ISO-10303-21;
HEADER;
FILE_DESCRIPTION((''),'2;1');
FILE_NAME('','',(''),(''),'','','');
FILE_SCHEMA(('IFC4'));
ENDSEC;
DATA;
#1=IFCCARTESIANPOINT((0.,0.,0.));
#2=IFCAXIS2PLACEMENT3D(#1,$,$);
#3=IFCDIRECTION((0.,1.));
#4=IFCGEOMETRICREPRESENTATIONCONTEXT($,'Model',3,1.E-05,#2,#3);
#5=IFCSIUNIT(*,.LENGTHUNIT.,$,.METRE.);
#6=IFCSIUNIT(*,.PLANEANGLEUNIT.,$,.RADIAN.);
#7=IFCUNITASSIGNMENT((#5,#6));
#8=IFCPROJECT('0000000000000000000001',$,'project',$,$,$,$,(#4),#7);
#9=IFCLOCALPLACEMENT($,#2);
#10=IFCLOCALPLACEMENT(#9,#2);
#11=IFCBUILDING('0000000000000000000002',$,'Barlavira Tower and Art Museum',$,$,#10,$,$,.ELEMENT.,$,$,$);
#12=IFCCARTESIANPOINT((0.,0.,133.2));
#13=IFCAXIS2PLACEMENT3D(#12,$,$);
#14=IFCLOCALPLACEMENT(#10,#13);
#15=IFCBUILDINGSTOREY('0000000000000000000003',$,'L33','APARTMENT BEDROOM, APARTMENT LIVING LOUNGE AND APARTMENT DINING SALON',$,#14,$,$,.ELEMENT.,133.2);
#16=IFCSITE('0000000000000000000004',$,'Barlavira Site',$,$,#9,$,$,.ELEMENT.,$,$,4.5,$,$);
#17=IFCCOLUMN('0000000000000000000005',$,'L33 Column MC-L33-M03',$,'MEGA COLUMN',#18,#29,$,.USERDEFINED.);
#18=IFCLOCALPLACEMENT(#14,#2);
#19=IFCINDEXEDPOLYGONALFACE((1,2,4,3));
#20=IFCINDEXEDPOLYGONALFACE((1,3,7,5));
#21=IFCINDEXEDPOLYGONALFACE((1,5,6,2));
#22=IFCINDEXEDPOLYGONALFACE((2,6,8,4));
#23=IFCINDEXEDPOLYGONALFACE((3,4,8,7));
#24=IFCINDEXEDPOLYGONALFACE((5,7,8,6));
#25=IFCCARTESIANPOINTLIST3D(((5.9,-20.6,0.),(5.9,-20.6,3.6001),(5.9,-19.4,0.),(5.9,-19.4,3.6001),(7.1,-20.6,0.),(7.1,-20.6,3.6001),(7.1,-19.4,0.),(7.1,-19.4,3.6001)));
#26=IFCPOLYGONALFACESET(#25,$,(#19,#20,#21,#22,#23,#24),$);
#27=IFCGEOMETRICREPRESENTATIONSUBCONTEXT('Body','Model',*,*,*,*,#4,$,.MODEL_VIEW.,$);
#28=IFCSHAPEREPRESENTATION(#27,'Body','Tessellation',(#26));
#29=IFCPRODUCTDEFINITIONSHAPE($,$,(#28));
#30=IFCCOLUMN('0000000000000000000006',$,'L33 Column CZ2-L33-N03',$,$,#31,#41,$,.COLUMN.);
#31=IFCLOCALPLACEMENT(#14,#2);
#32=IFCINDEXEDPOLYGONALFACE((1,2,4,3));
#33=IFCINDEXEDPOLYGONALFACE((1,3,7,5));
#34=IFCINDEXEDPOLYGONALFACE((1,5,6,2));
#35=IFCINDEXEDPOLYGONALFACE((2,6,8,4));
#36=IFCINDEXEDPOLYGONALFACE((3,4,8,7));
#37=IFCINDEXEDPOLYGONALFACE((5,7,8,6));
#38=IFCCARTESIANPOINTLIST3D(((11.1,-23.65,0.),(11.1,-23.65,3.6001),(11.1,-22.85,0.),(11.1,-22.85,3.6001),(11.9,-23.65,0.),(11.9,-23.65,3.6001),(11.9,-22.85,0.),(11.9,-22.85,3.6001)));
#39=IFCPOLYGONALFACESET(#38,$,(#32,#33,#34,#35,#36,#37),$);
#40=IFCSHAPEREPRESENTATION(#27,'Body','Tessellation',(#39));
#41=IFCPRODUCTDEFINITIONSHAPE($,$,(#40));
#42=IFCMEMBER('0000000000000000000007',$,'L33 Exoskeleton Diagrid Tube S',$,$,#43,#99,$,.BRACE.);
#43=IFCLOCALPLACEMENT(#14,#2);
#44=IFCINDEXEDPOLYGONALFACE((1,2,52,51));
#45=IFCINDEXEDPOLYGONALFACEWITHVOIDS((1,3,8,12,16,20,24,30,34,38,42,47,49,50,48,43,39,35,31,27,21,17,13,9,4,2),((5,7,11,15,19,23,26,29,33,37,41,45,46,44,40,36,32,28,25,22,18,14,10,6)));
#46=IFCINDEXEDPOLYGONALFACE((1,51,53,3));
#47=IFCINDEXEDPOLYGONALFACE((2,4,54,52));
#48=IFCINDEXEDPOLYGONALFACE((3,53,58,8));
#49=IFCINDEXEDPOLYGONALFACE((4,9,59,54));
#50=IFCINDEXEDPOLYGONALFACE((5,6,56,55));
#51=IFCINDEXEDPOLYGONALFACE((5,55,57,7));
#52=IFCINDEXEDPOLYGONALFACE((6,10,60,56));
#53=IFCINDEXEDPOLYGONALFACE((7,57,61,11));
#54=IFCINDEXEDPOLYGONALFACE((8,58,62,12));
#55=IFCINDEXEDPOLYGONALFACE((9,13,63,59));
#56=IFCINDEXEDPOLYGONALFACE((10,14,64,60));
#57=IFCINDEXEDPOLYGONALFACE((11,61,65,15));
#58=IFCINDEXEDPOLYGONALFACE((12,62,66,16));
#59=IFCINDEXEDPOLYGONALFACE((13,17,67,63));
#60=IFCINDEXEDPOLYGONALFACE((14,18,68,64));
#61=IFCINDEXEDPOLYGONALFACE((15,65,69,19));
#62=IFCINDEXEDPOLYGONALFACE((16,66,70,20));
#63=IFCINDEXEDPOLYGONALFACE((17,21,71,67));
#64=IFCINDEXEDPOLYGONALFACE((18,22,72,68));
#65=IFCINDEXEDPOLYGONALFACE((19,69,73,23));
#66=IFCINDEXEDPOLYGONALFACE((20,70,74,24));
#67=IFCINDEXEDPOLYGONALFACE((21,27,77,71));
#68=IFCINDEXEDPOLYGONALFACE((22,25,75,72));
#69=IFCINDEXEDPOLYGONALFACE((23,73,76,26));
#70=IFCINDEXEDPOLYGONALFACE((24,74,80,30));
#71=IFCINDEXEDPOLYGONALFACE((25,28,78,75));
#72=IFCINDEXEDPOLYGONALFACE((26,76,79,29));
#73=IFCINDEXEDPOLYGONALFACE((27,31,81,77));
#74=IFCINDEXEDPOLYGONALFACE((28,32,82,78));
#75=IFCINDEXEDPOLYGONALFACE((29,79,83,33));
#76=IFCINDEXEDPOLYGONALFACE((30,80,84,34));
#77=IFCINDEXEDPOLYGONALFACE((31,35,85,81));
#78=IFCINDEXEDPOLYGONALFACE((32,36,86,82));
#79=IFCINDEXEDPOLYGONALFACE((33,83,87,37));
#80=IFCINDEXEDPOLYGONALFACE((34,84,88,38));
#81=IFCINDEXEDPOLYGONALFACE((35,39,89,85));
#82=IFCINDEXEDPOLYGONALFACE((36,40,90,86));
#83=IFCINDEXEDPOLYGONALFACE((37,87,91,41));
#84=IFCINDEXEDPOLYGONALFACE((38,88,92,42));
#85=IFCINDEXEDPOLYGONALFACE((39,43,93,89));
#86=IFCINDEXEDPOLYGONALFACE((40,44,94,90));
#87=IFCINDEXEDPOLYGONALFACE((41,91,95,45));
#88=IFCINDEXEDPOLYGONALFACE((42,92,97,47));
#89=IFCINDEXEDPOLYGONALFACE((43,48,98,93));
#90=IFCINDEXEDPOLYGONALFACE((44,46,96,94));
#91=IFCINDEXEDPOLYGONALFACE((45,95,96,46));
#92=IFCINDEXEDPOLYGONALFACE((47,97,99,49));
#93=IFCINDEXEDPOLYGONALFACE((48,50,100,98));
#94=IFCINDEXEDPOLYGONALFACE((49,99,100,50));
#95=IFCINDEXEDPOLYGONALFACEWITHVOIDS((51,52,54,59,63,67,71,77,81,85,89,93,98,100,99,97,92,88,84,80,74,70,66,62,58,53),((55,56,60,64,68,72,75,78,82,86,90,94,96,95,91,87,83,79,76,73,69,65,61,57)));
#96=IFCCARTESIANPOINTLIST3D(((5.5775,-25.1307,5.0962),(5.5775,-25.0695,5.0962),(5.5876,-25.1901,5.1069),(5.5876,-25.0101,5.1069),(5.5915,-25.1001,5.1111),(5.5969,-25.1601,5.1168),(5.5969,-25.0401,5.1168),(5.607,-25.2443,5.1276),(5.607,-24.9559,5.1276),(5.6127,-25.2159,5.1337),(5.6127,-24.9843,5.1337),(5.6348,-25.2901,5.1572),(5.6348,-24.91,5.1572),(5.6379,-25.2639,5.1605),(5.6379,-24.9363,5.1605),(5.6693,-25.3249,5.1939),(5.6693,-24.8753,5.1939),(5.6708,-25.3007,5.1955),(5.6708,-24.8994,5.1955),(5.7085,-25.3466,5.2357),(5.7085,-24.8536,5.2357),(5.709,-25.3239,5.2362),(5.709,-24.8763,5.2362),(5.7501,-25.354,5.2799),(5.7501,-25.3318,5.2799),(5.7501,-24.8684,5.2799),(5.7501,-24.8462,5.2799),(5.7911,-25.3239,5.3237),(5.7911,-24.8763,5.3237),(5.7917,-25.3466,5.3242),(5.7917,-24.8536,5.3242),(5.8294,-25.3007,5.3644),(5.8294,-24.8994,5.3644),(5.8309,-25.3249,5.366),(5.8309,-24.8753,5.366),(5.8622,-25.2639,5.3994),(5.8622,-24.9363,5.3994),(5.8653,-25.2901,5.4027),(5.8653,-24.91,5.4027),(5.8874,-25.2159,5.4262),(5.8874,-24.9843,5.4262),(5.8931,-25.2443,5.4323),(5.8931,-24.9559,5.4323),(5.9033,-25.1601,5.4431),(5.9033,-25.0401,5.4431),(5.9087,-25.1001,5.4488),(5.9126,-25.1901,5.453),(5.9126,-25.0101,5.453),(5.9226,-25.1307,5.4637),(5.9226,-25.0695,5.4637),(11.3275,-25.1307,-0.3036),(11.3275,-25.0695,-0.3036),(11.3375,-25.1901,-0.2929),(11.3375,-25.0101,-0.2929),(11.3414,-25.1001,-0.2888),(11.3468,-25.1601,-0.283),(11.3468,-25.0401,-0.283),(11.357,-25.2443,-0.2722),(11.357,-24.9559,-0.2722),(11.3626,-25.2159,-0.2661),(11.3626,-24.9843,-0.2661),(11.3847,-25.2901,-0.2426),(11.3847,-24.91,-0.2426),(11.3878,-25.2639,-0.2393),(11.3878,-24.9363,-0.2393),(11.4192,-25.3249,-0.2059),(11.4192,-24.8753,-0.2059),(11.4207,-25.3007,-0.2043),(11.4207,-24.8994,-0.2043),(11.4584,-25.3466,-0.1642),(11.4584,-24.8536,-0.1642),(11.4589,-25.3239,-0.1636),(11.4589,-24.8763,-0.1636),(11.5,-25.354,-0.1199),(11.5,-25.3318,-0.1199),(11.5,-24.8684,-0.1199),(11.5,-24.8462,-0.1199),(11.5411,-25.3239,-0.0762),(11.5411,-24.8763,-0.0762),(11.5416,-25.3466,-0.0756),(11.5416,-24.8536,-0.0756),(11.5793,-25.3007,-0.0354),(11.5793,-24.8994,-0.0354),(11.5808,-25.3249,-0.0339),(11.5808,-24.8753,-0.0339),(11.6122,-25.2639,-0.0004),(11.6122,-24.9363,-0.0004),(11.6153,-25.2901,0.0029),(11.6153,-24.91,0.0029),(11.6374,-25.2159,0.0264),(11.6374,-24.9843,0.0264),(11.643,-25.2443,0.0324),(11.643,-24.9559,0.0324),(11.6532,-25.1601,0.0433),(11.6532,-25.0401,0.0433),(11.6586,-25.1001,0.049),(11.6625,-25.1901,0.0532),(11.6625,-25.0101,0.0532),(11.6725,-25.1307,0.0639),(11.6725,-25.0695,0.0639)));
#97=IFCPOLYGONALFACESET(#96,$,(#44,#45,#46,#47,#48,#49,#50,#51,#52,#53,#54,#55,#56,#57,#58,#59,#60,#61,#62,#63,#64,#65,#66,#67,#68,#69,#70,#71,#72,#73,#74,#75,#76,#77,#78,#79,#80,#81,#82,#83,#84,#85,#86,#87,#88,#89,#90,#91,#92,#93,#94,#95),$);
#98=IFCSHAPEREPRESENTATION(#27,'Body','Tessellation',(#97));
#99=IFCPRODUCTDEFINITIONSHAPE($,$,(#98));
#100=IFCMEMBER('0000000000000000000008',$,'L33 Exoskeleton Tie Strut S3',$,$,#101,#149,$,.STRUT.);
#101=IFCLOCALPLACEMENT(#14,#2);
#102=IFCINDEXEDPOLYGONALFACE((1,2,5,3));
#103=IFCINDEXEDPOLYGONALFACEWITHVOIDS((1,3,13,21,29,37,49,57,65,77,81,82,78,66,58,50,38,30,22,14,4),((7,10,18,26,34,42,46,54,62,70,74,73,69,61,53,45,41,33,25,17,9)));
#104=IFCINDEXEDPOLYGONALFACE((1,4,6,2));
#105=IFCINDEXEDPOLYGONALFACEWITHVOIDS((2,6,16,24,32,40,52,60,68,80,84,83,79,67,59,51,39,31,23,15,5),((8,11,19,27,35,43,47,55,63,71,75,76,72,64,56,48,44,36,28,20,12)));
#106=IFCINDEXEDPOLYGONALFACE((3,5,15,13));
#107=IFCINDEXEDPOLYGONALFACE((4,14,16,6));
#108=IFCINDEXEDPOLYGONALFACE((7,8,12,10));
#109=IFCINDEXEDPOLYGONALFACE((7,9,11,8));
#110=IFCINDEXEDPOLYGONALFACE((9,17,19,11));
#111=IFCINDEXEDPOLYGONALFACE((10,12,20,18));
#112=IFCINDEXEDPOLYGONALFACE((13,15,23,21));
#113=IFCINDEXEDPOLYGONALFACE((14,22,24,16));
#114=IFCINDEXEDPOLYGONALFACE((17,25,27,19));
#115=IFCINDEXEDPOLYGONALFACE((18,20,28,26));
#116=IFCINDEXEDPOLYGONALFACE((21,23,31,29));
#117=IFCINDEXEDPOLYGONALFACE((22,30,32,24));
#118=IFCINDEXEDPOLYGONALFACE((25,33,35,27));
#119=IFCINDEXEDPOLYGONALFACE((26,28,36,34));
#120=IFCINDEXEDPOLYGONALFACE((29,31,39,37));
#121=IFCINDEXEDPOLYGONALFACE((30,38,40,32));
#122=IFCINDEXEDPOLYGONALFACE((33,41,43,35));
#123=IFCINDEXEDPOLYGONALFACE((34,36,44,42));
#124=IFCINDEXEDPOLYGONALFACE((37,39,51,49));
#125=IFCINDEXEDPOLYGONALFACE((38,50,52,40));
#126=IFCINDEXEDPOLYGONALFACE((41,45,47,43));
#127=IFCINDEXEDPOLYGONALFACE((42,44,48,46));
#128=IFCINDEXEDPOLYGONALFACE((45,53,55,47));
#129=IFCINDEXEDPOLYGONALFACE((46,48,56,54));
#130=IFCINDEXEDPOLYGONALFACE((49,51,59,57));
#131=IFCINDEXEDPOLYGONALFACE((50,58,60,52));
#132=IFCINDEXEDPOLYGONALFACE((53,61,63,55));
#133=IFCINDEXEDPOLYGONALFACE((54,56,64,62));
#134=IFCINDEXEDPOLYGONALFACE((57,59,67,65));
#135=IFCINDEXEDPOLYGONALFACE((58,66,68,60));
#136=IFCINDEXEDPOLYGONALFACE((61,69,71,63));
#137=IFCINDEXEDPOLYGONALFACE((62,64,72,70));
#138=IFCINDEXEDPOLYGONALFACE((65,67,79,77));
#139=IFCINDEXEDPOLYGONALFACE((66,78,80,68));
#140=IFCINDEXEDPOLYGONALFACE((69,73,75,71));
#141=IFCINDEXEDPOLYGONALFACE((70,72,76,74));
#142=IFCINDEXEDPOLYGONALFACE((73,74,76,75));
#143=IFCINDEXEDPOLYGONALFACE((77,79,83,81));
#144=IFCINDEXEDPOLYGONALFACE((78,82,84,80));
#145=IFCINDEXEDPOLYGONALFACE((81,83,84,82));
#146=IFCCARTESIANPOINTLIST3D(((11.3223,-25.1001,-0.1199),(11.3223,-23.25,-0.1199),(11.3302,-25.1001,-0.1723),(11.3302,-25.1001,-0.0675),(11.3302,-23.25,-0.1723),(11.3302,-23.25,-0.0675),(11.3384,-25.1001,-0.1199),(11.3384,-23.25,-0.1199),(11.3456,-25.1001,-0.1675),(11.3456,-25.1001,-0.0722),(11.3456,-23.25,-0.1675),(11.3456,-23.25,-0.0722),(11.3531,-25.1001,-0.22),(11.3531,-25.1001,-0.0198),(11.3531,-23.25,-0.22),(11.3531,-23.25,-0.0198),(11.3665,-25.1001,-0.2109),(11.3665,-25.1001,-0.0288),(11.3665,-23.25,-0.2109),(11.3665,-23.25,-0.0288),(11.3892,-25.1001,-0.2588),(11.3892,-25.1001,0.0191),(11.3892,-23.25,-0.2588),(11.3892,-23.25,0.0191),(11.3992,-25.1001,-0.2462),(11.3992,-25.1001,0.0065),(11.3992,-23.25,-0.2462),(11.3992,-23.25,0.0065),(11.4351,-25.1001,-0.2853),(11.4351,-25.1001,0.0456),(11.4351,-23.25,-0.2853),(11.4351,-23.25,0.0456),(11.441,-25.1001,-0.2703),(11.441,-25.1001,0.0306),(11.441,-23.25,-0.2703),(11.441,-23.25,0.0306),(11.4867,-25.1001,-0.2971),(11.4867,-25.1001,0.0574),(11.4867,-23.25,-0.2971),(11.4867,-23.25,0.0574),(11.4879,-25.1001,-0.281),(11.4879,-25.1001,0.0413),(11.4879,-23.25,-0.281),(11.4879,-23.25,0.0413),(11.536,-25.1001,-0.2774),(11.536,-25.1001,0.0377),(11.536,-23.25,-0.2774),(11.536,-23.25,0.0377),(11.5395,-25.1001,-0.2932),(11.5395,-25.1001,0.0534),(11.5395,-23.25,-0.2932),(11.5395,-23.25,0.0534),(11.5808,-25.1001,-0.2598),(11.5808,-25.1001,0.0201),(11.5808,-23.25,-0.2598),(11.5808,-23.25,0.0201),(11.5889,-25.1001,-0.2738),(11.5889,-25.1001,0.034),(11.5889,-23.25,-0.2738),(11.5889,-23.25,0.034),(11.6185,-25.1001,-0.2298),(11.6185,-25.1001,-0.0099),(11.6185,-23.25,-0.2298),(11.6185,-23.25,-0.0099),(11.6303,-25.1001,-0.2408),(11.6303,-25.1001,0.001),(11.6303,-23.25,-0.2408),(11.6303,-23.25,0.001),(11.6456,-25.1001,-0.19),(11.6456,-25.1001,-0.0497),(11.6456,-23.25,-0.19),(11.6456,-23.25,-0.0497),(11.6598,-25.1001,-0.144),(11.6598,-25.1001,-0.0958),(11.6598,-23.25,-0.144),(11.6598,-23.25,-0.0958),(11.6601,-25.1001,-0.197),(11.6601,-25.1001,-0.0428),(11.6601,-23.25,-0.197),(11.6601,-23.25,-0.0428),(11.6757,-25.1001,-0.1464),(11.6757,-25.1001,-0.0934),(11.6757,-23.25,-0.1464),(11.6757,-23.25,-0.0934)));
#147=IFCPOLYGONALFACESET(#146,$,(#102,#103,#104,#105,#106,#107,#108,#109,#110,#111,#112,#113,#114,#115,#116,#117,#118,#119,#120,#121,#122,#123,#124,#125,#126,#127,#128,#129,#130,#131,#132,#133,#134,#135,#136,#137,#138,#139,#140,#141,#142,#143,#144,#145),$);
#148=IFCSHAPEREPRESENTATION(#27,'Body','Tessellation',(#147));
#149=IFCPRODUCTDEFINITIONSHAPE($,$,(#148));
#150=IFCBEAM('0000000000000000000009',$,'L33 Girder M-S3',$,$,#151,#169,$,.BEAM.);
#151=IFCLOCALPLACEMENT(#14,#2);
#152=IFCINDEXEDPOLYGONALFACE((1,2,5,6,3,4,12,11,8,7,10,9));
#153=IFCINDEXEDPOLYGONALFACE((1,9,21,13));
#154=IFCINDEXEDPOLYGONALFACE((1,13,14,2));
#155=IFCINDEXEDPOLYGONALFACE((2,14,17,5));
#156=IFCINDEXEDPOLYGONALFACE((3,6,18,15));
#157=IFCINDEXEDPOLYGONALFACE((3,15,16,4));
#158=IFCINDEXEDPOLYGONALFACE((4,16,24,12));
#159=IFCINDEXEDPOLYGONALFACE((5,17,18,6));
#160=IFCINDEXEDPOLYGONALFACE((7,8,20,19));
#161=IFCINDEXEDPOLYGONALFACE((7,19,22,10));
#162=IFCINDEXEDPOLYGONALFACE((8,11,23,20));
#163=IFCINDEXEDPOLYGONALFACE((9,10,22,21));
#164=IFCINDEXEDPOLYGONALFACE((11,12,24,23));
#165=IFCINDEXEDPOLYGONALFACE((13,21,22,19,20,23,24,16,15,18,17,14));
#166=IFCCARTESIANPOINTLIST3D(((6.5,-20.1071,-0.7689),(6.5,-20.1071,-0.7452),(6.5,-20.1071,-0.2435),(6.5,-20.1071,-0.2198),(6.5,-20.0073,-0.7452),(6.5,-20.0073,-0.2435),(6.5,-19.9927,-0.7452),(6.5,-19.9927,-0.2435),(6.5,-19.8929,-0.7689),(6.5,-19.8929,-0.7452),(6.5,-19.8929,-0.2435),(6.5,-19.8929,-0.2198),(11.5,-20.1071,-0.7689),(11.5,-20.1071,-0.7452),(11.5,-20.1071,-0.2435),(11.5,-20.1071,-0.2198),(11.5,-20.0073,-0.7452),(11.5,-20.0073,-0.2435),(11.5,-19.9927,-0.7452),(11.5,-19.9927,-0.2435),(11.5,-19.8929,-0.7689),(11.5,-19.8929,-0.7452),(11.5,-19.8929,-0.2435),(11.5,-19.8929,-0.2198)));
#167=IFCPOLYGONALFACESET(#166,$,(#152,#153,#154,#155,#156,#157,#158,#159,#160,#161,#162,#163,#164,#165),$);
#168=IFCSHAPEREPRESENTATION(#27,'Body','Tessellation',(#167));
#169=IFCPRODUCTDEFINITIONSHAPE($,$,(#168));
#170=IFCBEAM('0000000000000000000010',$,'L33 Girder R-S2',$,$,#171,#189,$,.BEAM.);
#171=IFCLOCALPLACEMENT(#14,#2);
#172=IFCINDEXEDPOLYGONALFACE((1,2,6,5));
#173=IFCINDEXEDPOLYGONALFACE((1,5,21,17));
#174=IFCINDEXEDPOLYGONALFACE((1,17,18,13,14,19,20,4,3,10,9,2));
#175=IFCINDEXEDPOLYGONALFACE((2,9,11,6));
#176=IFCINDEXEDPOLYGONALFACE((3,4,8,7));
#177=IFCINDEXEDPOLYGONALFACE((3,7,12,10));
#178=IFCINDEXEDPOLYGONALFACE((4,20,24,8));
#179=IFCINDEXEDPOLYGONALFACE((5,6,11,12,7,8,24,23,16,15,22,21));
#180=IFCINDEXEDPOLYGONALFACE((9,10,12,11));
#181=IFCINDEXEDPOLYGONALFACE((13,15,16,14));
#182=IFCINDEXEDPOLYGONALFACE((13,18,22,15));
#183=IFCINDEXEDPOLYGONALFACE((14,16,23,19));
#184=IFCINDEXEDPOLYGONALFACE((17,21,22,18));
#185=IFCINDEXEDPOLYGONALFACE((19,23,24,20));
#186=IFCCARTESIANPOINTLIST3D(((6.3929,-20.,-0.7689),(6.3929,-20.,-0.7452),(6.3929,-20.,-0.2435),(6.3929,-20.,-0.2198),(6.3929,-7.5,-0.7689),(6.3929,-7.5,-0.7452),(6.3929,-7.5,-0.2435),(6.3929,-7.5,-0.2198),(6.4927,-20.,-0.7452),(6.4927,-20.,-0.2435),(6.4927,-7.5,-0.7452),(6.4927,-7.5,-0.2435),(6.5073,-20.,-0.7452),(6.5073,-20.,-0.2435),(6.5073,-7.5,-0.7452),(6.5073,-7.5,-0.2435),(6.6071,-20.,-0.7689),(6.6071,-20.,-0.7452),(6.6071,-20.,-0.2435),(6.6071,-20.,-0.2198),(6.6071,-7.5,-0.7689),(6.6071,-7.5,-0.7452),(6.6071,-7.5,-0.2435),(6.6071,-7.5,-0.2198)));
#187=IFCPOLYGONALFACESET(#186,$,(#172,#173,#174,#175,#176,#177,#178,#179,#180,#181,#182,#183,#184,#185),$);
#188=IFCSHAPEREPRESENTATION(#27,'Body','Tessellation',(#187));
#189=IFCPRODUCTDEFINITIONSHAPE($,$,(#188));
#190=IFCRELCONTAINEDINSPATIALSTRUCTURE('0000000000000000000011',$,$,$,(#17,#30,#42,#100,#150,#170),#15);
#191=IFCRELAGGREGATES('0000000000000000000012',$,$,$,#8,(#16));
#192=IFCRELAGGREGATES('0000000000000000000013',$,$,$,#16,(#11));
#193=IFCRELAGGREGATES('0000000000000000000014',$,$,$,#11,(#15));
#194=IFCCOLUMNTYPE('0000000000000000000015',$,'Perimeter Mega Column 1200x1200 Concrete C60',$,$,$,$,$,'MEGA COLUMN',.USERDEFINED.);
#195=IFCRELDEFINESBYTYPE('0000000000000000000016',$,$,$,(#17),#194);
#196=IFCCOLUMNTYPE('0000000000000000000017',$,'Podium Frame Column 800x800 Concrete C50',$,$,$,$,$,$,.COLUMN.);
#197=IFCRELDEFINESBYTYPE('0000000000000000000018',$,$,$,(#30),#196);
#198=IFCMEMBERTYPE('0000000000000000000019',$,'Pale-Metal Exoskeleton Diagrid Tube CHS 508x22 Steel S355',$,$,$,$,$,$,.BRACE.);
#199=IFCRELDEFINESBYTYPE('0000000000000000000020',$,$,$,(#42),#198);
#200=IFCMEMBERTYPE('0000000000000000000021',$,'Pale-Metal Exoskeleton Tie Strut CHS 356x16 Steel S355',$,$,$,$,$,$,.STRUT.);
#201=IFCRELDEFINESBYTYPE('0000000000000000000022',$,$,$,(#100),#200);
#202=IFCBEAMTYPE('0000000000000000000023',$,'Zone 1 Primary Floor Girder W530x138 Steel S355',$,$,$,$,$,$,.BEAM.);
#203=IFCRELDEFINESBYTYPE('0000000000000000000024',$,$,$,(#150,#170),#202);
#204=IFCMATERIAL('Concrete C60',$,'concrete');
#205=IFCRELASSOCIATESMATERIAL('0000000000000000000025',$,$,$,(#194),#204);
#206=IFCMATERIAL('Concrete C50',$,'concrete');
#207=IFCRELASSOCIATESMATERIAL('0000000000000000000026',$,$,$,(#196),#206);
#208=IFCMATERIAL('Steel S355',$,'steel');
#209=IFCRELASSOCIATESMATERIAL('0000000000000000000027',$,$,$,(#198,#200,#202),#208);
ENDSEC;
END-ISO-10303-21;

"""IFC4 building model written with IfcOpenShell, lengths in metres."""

from ifc_helpers import new_model, si_unit, direction, frame, origin, origin_2d, place, context, subcontext, project, spatial, rectangle, hollow_circle, i_section, extrude, material, material_profile, profile_set, type_object, element, save


model = new_model("IFC4")

# Units and contexts
model_context = context("Model", 3, precision=1e-05, world=origin(), true_north=direction((0.0, 1.0)))
body_context = subcontext(model_context, "Body", "Model", "MODEL_VIEW")
ifc_project = project(units=[si_unit("LENGTHUNIT", "METRE"), si_unit("PLANEANGLEUNIT", "RADIAN")], contexts=[model_context])

# Site, building, storey
site_placement = place(None, origin())
site = spatial("IfcSite", under=ifc_project, at=site_placement, Name="Barlavira Site", CompositionType="ELEMENT", RefElevation=4.5)
building_placement = place(site_placement, origin())
building = spatial("IfcBuilding", under=site, at=building_placement, Name="Barlavira Tower and Art Museum", CompositionType="ELEMENT")
storey_placement = place(building_placement, frame((0.0, 0.0, 133.2)))
storey = spatial("IfcBuildingStorey", under=building, at=storey_placement, Name="L33", Description="APARTMENT BEDROOM, APARTMENT LIVING LOUNGE AND APARTMENT DINING SALON", CompositionType="ELEMENT", Elevation=133.2)

# Columns
ifc_material_1 = material(Name="Concrete C60", Category="concrete")
ifc_material_profile_1 = material_profile(ifc_material_1, rectangle(XDim=1.2, YDim=1.2, at=origin_2d()), Name="RC-COL 1200x1200")
ifc_profile_set_1 = profile_set([ifc_material_profile_1], Name="Concrete C60")
column_type_1 = type_object("IfcColumnType", Name="Perimeter Mega Column 1200x1200 Concrete C60", ElementType="MEGA COLUMN", PredefinedType="USERDEFINED", material=ifc_profile_set_1)
column_1_placement = place(storey_placement, frame((6.5, -20.0, 0.0), z_axis=(0.0, 0.0, 1.0), x_axis=(1.0, 0.0, 0.0)))
element("IfcColumn", 1, at=column_1_placement, inside=storey, type_object=column_type_1, Name="L33 Column MC-L33-M03", ObjectType="MEGA COLUMN", PredefinedType="USERDEFINED", context=body_context, shape_type="SweptSolid", body=[
    extrude(rectangle(XDim=1.2, YDim=1.2, at=origin_2d()), origin(), (0.0, 0.0, 1.0), 3.6001),
])
ifc_material_2 = material(Name="Concrete C50", Category="concrete")
ifc_material_profile_2 = material_profile(ifc_material_2, rectangle(XDim=0.8, YDim=0.8, at=origin_2d()), Name="RC-COL 800x800")
ifc_profile_set_2 = profile_set([ifc_material_profile_2], Name="Concrete C50")
column_type_2 = type_object("IfcColumnType", Name="Podium Frame Column 800x800 Concrete C50", PredefinedType="COLUMN", material=ifc_profile_set_2)
column_2_placement = place(storey_placement, frame((11.5, -23.25, 0.0), z_axis=(0.0, 0.0, 1.0), x_axis=(1.0, 0.0, 0.0)))
element("IfcColumn", 2, at=column_2_placement, inside=storey, type_object=column_type_2, Name="L33 Column CZ2-L33-N03", PredefinedType="COLUMN", context=body_context, shape_type="SweptSolid", body=[
    extrude(rectangle(XDim=0.8, YDim=0.8, at=origin_2d()), origin(), (0.0, 0.0, 1.0), 3.6001),
])

# Members
ifc_material_3 = material(Name="Steel S355", Category="steel")
ifc_material_profile_3 = material_profile(ifc_material_3, hollow_circle(Radius=0.2539, WallThickness=0.0222, at=origin_2d()), Name="CHS 508.0x22.2")
ifc_profile_set_3 = profile_set([ifc_material_profile_3], Name="Steel S355")
member_type_1 = type_object("IfcMemberType", Name="Pale-Metal Exoskeleton Diagrid Tube CHS 508x22 Steel S355", PredefinedType="BRACE", material=ifc_profile_set_3)
member_1_placement = place(storey_placement, frame((11.5, -25.1001, -0.1199), z_axis=(-0.72895, 0.0, 0.684567), x_axis=(0.0, -1.0, 0.0)))
element("IfcMember", 3, at=member_1_placement, inside=storey, type_object=member_type_1, Name="L33 Exoskeleton Diagrid Tube S", PredefinedType="BRACE", context=body_context, shape_type="SweptSolid", body=[
    extrude(hollow_circle(Radius=0.2539, WallThickness=0.0222, at=origin_2d()), origin(), (0.0, 0.0, 1.0), 7.8879),
])
ifc_material_profile_4 = material_profile(ifc_material_3, hollow_circle(Radius=0.1777, WallThickness=0.0161, at=origin_2d()), Name="CHS 355.6x16.0")
ifc_profile_set_4 = profile_set([ifc_material_profile_4], Name="Steel S355")
member_type_2 = type_object("IfcMemberType", Name="Pale-Metal Exoskeleton Tie Strut CHS 356x16 Steel S355", PredefinedType="STRUT", material=ifc_profile_set_4)
member_2_placement = place(storey_placement, frame((11.5, -25.1001, -0.1199), z_axis=(0.0, 1.0, 0.0), x_axis=(-1.0, 0.0, 0.0)))
element("IfcMember", 4, at=member_2_placement, inside=storey, type_object=member_type_2, Name="L33 Exoskeleton Tie Strut S3", PredefinedType="STRUT", context=body_context, shape_type="SweptSolid", body=[
    extrude(hollow_circle(Radius=0.1777, WallThickness=0.0161, at=origin_2d()), origin(), (0.0, 0.0, 1.0), 1.8501),
])

# Beams
ifc_material_profile_5 = material_profile(ifc_material_3, i_section(OverallWidth=0.2141, OverallDepth=0.5491, WebThickness=0.0146, FlangeThickness=0.0237, at=origin_2d()), Name="W530x138.0")
ifc_profile_set_5 = profile_set([ifc_material_profile_5], Name="Steel S355")
beam_type = type_object("IfcBeamType", Name="Zone 1 Primary Floor Girder W530x138 Steel S355", PredefinedType="BEAM", material=ifc_profile_set_5)
beam_1_placement = place(storey_placement, frame((6.5, -20.0, -0.4944), z_axis=(1.0, 0.0, 0.0), x_axis=(0.0, 1.0, 0.0)))
element("IfcBeam", 5, at=beam_1_placement, inside=storey, type_object=beam_type, Name="L33 Girder M-S3", PredefinedType="BEAM", context=body_context, shape_type="SweptSolid", body=[
    extrude(i_section(OverallWidth=0.2141, OverallDepth=0.5491, WebThickness=0.0146, FlangeThickness=0.0237, at=origin_2d()), origin(), (0.0, 0.0, 1.0), 5.0),
])
beam_2_placement = place(storey_placement, frame((6.5, -20.0, -0.4944), z_axis=(0.0, 1.0, 0.0), x_axis=(-1.0, 0.0, 0.0)))
element("IfcBeam", 6, at=beam_2_placement, inside=storey, type_object=beam_type, Name="L33 Girder R-S2", PredefinedType="BEAM", context=body_context, shape_type="SweptSolid", body=[
    extrude(i_section(OverallWidth=0.2141, OverallDepth=0.5491, WebThickness=0.0146, FlangeThickness=0.0237, at=origin_2d()), origin(), (0.0, 0.0, 1.0), 12.5),
])

save(model, "model.ifc")
